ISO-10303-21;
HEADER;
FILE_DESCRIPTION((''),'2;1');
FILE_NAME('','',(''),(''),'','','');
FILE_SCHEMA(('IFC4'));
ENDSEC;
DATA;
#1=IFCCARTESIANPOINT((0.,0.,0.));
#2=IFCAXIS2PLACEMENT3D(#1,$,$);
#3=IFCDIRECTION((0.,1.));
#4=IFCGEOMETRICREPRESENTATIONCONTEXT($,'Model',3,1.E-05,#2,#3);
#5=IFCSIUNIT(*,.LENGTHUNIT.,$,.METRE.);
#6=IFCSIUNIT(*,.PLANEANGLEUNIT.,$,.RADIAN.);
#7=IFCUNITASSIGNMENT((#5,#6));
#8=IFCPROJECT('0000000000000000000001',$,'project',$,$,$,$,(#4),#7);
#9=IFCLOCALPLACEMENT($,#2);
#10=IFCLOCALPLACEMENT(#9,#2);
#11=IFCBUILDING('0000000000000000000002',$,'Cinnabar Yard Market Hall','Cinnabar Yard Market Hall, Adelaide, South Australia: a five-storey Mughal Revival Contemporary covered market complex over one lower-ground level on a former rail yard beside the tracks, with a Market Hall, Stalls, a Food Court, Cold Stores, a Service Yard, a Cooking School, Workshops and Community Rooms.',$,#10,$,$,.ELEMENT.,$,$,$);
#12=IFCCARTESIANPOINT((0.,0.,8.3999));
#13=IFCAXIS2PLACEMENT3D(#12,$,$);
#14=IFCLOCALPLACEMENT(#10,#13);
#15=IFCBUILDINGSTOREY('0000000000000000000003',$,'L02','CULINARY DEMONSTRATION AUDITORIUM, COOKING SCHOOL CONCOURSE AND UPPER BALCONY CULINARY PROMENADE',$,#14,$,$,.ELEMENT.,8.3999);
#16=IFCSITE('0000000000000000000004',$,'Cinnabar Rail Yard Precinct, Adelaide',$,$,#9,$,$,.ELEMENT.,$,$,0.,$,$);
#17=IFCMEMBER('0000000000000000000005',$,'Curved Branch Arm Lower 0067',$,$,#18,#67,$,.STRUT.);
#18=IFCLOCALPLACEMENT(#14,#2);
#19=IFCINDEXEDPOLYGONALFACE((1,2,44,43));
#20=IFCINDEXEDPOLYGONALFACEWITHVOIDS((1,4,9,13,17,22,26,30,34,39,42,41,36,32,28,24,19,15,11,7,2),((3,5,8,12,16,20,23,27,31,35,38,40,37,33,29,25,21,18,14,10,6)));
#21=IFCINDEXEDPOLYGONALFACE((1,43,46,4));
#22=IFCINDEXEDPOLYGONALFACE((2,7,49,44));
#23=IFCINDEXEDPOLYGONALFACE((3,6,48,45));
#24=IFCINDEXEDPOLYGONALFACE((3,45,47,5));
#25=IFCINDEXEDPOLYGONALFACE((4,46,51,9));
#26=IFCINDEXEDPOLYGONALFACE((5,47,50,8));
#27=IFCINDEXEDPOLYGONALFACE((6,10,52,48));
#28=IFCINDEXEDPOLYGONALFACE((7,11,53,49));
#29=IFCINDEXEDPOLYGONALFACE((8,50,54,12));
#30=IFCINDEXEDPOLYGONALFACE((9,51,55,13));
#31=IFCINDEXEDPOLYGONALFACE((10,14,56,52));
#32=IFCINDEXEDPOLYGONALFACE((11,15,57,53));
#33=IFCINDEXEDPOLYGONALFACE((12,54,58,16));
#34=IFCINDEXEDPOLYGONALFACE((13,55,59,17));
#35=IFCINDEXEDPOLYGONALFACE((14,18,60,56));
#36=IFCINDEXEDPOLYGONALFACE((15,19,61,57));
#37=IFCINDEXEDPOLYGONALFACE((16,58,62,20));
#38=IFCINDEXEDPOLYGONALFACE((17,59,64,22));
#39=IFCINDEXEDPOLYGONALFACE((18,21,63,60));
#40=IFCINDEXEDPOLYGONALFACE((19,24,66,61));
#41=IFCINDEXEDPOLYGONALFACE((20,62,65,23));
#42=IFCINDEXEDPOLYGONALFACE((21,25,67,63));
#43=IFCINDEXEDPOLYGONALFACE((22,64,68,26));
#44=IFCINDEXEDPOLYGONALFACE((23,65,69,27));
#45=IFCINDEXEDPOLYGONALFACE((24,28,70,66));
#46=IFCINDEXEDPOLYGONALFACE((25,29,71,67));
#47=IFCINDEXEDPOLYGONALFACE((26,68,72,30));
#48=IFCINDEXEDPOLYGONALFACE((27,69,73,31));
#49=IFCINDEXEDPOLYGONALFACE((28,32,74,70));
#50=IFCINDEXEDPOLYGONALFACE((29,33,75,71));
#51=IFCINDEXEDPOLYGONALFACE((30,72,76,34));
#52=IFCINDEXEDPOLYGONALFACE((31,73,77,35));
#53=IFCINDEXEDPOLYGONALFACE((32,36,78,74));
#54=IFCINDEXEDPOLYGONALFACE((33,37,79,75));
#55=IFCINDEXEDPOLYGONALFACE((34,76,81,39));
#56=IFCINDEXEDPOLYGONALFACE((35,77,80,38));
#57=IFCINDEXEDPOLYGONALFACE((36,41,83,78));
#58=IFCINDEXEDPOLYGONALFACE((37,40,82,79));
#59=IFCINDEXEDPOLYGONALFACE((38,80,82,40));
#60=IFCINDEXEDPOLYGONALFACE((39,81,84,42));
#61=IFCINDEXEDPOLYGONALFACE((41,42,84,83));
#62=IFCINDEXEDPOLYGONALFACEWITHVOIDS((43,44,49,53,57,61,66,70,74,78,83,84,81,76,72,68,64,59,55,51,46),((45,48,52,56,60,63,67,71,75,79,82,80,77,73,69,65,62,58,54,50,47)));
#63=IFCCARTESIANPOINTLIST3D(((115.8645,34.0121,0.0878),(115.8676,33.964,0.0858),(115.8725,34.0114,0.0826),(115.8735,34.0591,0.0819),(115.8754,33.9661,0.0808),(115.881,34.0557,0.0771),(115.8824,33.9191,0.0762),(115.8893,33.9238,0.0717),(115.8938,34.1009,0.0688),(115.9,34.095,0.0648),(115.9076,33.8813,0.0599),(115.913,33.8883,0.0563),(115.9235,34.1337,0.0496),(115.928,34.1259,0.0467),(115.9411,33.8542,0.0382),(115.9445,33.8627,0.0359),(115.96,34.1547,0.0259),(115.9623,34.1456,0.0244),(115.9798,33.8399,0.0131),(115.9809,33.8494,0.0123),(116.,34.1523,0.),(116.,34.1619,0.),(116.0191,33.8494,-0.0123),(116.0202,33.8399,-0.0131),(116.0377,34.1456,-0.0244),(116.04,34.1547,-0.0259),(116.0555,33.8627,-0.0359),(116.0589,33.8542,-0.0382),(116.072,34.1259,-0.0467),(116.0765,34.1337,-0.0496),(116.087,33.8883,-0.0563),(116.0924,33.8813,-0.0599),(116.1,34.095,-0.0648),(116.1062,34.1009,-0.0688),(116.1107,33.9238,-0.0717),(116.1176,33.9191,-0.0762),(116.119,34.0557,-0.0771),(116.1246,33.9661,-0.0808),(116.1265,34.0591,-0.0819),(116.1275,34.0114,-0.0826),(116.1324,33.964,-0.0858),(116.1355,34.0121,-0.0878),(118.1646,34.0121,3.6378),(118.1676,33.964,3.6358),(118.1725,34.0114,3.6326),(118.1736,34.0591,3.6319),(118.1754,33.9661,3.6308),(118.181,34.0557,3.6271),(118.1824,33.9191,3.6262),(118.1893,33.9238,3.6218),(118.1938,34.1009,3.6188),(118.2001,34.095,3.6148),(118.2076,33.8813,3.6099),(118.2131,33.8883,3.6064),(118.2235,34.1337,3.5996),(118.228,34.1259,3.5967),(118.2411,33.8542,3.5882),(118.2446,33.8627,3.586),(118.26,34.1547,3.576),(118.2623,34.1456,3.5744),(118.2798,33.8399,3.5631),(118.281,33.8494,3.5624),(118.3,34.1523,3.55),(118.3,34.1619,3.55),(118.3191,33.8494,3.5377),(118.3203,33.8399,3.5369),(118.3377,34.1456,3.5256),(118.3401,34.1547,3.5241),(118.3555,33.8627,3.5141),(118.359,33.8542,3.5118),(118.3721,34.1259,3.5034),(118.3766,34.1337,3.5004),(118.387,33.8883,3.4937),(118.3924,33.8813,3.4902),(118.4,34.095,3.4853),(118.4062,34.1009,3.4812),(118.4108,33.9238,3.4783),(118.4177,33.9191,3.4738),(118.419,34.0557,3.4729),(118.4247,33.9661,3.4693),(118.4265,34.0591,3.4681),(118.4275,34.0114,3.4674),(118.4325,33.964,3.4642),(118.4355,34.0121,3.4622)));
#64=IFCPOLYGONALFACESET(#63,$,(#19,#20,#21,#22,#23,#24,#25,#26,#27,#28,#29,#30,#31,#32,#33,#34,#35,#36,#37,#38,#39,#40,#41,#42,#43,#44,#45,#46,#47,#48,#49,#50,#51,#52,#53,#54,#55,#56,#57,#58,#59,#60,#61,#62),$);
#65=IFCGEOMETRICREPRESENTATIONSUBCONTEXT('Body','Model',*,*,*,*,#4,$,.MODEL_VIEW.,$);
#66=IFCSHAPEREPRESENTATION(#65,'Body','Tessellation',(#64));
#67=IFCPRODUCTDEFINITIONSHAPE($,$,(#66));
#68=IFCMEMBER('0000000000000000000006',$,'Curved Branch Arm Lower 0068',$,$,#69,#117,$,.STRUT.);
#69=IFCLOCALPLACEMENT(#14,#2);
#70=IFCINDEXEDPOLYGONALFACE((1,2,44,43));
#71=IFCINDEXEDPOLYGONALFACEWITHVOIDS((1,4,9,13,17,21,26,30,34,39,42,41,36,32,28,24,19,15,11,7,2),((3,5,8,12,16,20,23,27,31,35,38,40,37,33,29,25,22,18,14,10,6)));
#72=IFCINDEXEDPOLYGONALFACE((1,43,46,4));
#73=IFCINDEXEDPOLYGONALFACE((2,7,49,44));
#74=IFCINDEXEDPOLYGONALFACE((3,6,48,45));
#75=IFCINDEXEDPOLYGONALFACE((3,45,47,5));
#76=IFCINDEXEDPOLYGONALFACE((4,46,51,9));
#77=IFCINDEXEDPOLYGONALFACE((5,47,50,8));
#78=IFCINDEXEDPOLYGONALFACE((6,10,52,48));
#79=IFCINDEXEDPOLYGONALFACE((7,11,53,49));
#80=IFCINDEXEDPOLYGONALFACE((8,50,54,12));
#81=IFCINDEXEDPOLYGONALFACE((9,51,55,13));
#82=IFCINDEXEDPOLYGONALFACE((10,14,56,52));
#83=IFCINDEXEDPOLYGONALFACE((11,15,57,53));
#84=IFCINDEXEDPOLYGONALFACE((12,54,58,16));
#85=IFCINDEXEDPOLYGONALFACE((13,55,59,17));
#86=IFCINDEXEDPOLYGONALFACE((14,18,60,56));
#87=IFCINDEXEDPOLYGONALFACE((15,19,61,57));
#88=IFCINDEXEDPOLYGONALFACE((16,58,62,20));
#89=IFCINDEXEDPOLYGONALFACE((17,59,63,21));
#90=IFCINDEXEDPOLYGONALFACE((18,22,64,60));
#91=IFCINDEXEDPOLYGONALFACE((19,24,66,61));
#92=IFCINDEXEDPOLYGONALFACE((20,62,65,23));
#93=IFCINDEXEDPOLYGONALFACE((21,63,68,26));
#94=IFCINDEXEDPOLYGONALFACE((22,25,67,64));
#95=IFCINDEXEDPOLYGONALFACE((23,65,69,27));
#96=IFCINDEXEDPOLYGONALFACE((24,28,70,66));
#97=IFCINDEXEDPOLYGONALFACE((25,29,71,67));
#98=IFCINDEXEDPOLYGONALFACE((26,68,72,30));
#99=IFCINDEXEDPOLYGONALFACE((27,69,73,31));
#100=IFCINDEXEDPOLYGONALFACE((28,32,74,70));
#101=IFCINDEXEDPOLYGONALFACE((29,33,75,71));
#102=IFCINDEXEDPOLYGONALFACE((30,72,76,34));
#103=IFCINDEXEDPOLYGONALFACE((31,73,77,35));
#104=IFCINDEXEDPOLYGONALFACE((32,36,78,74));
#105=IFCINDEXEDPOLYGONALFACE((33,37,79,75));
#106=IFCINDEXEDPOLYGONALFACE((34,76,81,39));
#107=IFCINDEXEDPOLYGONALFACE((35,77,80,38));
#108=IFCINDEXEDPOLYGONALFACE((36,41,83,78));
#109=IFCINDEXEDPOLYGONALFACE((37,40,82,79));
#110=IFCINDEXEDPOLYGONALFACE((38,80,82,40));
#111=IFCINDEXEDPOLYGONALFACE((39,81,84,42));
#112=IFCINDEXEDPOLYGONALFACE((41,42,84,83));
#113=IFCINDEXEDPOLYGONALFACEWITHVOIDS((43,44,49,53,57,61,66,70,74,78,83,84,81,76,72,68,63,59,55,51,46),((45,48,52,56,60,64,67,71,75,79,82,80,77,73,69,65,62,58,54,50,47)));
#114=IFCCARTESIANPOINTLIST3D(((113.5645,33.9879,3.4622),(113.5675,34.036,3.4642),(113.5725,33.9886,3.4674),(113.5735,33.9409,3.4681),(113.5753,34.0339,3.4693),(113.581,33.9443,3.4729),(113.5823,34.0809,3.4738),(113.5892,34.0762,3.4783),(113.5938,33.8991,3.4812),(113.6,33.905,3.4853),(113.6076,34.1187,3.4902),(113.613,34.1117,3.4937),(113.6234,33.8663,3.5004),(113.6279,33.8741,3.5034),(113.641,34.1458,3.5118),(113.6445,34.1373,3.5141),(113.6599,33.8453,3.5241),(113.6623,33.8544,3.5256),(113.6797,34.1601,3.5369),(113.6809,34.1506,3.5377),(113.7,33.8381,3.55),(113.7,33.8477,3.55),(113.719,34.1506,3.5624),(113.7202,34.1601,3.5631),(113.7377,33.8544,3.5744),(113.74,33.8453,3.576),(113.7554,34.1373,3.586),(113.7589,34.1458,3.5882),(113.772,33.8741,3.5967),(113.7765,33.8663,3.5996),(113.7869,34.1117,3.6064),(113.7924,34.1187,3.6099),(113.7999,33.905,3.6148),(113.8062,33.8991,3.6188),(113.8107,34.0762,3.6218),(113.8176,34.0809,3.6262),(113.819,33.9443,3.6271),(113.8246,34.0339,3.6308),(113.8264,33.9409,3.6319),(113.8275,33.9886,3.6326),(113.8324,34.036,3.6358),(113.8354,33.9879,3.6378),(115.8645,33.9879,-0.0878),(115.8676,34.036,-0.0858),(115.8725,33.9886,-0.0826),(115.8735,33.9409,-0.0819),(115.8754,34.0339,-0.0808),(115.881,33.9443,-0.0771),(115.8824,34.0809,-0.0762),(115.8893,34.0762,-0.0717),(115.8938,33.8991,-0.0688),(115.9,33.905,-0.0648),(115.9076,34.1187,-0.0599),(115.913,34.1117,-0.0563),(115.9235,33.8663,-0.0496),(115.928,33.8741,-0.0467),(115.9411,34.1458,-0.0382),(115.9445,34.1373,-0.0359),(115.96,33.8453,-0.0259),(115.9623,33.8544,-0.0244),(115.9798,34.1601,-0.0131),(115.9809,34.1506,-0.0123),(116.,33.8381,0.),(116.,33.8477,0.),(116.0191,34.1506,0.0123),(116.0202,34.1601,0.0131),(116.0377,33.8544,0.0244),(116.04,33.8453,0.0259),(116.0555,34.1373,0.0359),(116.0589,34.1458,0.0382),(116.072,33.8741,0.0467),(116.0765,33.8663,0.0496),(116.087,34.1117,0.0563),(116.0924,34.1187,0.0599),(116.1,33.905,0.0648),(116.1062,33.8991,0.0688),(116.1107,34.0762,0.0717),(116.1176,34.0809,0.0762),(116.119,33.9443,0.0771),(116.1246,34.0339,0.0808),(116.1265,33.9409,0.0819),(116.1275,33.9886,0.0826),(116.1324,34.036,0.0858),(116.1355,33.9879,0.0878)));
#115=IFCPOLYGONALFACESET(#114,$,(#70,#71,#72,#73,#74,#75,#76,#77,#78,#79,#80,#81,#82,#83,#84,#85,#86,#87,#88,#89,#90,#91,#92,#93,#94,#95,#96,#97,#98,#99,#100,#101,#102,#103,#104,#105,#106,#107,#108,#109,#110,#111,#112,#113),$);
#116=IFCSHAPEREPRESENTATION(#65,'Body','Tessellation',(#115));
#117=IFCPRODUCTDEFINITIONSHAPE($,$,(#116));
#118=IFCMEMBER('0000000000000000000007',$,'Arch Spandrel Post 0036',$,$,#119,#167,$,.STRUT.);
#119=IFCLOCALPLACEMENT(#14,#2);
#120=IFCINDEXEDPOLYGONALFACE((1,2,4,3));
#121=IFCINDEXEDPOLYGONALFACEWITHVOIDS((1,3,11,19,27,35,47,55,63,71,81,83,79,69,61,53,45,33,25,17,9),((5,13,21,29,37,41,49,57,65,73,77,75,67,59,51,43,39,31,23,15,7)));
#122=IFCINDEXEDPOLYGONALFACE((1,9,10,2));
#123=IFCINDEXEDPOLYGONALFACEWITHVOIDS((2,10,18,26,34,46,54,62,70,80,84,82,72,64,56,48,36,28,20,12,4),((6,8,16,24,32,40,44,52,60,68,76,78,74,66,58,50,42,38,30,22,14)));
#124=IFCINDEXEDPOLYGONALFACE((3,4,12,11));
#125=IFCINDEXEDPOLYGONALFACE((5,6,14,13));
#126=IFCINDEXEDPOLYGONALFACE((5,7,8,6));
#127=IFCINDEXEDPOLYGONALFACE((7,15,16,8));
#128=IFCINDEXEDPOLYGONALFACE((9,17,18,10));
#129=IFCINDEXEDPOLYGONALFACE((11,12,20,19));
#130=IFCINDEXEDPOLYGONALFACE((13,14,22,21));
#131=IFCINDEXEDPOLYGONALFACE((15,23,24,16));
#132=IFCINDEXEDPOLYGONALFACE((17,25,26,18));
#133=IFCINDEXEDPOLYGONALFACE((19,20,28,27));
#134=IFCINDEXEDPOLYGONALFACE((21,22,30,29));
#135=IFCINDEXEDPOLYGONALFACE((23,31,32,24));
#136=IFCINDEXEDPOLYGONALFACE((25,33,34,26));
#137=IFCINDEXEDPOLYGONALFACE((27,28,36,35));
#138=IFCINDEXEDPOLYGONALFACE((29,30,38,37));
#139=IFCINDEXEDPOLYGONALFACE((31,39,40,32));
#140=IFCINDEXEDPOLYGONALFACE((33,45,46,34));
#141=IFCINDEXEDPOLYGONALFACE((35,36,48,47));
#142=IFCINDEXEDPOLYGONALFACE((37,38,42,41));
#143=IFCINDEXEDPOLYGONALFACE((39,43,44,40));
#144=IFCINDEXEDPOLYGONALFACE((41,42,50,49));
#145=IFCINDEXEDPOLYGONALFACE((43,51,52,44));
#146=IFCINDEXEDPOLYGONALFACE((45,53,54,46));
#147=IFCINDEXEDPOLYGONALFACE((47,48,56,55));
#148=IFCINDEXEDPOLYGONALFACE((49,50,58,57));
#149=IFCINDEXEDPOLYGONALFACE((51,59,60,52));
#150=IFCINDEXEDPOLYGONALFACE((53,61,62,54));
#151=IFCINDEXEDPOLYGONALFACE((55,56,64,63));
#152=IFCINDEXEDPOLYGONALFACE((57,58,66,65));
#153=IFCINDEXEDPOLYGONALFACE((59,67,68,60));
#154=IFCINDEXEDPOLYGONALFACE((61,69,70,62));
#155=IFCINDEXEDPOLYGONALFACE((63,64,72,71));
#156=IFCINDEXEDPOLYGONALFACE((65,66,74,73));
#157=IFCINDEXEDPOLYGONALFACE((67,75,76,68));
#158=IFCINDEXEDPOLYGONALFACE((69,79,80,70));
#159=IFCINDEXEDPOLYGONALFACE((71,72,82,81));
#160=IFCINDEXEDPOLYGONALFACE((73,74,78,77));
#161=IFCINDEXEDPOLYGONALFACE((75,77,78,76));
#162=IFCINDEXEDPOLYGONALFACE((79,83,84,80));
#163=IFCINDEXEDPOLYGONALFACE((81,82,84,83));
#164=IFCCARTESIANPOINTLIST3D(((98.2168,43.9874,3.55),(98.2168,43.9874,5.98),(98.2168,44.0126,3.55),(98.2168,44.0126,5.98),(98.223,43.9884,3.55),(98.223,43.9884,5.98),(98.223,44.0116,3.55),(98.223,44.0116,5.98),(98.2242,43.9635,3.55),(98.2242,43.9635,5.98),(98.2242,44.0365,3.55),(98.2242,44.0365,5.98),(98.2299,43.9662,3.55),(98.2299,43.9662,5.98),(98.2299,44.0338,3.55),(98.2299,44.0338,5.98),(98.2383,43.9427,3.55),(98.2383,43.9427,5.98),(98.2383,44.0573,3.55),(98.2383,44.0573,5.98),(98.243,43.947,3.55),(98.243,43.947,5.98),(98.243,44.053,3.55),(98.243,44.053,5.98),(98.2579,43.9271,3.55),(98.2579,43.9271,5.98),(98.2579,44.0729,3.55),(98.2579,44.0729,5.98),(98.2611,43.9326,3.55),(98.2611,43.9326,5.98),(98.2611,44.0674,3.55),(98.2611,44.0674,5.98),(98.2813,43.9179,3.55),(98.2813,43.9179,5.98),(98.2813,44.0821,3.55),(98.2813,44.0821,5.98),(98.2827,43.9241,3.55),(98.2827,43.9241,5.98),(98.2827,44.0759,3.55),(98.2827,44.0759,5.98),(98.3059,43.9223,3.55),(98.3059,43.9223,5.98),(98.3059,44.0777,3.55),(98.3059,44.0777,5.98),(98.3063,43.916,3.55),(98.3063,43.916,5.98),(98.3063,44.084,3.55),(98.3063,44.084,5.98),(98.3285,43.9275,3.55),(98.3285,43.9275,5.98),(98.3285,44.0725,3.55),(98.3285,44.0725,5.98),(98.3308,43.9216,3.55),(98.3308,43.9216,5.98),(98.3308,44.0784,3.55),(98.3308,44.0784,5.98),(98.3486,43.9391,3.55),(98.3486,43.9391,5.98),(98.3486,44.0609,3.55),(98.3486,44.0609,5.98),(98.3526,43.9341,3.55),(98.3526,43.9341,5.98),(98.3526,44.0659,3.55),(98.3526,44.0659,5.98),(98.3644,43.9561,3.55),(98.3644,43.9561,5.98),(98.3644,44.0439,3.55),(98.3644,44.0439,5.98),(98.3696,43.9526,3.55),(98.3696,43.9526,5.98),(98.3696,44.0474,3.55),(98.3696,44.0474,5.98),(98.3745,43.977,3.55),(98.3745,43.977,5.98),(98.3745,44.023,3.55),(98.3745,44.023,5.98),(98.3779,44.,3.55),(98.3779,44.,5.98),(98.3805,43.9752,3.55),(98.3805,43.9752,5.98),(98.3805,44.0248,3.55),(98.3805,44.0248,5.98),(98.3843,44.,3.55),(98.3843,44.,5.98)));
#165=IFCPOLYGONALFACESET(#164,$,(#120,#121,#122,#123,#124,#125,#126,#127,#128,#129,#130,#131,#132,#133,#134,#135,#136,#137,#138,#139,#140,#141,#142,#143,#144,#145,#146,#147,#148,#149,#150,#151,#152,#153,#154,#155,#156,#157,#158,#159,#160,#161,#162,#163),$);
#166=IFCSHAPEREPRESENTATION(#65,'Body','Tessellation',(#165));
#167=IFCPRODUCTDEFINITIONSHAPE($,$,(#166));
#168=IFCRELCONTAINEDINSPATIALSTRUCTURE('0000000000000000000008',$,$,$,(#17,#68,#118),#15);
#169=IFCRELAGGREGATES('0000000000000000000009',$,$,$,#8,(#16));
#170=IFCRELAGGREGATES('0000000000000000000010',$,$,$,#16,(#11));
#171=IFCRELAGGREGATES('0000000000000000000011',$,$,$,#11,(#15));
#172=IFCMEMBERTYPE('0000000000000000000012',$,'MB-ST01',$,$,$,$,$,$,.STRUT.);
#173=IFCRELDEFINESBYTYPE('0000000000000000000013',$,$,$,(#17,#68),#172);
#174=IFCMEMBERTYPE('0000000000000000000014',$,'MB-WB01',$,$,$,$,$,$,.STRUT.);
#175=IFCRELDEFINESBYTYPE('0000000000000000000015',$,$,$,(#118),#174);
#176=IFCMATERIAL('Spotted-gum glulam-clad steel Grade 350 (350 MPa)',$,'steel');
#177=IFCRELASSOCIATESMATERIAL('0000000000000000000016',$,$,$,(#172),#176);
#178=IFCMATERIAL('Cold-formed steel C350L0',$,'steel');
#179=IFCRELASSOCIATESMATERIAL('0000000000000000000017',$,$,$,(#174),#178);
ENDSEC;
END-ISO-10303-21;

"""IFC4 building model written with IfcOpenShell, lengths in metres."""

from ifc_helpers import new_model, si_unit, direction, frame, origin, origin_2d_with_axis, place, context, subcontext, project, spatial, hollow_circle, extrude, material, material_profile, profile_set, type_object, element, save


model = new_model("IFC4")

# Units and contexts
model_context = context("Model", 3, precision=1e-05, world=origin(), true_north=direction((0.0, 1.0)))
body_context = subcontext(model_context, "Body", "Model", "MODEL_VIEW")
ifc_project = project(units=[si_unit("LENGTHUNIT", "METRE"), si_unit("PLANEANGLEUNIT", "RADIAN")], contexts=[model_context])

# Site, building, storey
site_placement = place(None, origin())
site = spatial("IfcSite", under=ifc_project, at=site_placement, Name="Cinnabar Rail Yard Precinct, Adelaide", CompositionType="ELEMENT", RefElevation=0.0)
building_placement = place(site_placement, origin())
building = spatial("IfcBuilding", under=site, at=building_placement, Name="Cinnabar Yard Market Hall", Description="Cinnabar Yard Market Hall, Adelaide, South Australia: a five-storey Mughal Revival Contemporary covered market complex over one lower-ground level on a former rail yard beside the tracks, with a Market Hall, Stalls, a Food Court, Cold Stores, a Service Yard, a Cooking School, Workshops and Community Rooms.", CompositionType="ELEMENT")
storey_placement = place(building_placement, frame((0.0, 0.0, 8.3999)))
storey = spatial("IfcBuildingStorey", under=building, at=storey_placement, Name="L02", Description="CULINARY DEMONSTRATION AUDITORIUM, COOKING SCHOOL CONCOURSE AND UPPER BALCONY CULINARY PROMENADE", CompositionType="ELEMENT", Elevation=8.3999)

# Shared definitions
ifc_material_1 = material(Name="Spotted-gum glulam-clad steel Grade 350 (350 MPa)", Category="steel")

# Members
ifc_material_profile_1 = material_profile(ifc_material_1, hollow_circle(Radius=0.1619, WallThickness=0.0095, at=origin_2d_with_axis()), Name="323.9x9.5CHS")
ifc_profile_set_1 = profile_set([ifc_material_profile_1], Name="Spotted-gum glulam-clad steel Grade 350 (350 MPa)")
member_type_1 = type_object("IfcMemberType", Name="MB-ST01", PredefinedType="STRUT", material=ifc_profile_set_1)
for number, where, z_axis, x_axis, name in (
    (1, (116.0, 34.0, 0.0), (0.543744, 0.0, 0.839251), (0.0, 1.0, 0.0), "Curved Branch Arm Lower 0067"),
    (2, (116.0, 34.0, 0.0), (-0.543744, 0.0, 0.839251), (0.0, -1.0, 0.0), "Curved Branch Arm Lower 0068"),
):
    element("IfcMember", number, at=place(storey_placement, frame(where, z_axis=z_axis, x_axis=x_axis)), inside=storey, type_object=member_type_1, Name=name, PredefinedType="STRUT", context=body_context, shape_type="SweptSolid", body=[
        extrude(hollow_circle(Radius=0.1619, WallThickness=0.0095, at=origin_2d_with_axis()), origin(), (0.0, 0.0, 1.0), 4.23),
    ])
ifc_material_2 = material(Name="Cold-formed steel C350L0", Category="steel")
ifc_material_profile_2 = material_profile(ifc_material_2, hollow_circle(Radius=0.0842, WallThickness=0.0063, at=origin_2d_with_axis()), Name="168.3x6.4CHS")
ifc_profile_set_2 = profile_set([ifc_material_profile_2], Name="Cold-formed steel C350L0")
member_type_2 = type_object("IfcMemberType", Name="MB-WB01", PredefinedType="STRUT", material=ifc_profile_set_2)
for number, where, z_axis, x_axis, name in (
    (3, (98.3, 44.0, 3.55), (0.0, 0.0, 1.0), (1.0, 0.0, 0.0), "Arch Spandrel Post 0036"),
):
    element("IfcMember", number, at=place(storey_placement, frame(where, z_axis=z_axis, x_axis=x_axis)), inside=storey, type_object=member_type_2, Name=name, PredefinedType="STRUT", context=body_context, shape_type="SweptSolid", body=[
        extrude(hollow_circle(Radius=0.0842, WallThickness=0.0063, at=origin_2d_with_axis()), origin(), (0.0, 0.0, 1.0), 2.4299),
    ])

save(model, "model.ifc")
